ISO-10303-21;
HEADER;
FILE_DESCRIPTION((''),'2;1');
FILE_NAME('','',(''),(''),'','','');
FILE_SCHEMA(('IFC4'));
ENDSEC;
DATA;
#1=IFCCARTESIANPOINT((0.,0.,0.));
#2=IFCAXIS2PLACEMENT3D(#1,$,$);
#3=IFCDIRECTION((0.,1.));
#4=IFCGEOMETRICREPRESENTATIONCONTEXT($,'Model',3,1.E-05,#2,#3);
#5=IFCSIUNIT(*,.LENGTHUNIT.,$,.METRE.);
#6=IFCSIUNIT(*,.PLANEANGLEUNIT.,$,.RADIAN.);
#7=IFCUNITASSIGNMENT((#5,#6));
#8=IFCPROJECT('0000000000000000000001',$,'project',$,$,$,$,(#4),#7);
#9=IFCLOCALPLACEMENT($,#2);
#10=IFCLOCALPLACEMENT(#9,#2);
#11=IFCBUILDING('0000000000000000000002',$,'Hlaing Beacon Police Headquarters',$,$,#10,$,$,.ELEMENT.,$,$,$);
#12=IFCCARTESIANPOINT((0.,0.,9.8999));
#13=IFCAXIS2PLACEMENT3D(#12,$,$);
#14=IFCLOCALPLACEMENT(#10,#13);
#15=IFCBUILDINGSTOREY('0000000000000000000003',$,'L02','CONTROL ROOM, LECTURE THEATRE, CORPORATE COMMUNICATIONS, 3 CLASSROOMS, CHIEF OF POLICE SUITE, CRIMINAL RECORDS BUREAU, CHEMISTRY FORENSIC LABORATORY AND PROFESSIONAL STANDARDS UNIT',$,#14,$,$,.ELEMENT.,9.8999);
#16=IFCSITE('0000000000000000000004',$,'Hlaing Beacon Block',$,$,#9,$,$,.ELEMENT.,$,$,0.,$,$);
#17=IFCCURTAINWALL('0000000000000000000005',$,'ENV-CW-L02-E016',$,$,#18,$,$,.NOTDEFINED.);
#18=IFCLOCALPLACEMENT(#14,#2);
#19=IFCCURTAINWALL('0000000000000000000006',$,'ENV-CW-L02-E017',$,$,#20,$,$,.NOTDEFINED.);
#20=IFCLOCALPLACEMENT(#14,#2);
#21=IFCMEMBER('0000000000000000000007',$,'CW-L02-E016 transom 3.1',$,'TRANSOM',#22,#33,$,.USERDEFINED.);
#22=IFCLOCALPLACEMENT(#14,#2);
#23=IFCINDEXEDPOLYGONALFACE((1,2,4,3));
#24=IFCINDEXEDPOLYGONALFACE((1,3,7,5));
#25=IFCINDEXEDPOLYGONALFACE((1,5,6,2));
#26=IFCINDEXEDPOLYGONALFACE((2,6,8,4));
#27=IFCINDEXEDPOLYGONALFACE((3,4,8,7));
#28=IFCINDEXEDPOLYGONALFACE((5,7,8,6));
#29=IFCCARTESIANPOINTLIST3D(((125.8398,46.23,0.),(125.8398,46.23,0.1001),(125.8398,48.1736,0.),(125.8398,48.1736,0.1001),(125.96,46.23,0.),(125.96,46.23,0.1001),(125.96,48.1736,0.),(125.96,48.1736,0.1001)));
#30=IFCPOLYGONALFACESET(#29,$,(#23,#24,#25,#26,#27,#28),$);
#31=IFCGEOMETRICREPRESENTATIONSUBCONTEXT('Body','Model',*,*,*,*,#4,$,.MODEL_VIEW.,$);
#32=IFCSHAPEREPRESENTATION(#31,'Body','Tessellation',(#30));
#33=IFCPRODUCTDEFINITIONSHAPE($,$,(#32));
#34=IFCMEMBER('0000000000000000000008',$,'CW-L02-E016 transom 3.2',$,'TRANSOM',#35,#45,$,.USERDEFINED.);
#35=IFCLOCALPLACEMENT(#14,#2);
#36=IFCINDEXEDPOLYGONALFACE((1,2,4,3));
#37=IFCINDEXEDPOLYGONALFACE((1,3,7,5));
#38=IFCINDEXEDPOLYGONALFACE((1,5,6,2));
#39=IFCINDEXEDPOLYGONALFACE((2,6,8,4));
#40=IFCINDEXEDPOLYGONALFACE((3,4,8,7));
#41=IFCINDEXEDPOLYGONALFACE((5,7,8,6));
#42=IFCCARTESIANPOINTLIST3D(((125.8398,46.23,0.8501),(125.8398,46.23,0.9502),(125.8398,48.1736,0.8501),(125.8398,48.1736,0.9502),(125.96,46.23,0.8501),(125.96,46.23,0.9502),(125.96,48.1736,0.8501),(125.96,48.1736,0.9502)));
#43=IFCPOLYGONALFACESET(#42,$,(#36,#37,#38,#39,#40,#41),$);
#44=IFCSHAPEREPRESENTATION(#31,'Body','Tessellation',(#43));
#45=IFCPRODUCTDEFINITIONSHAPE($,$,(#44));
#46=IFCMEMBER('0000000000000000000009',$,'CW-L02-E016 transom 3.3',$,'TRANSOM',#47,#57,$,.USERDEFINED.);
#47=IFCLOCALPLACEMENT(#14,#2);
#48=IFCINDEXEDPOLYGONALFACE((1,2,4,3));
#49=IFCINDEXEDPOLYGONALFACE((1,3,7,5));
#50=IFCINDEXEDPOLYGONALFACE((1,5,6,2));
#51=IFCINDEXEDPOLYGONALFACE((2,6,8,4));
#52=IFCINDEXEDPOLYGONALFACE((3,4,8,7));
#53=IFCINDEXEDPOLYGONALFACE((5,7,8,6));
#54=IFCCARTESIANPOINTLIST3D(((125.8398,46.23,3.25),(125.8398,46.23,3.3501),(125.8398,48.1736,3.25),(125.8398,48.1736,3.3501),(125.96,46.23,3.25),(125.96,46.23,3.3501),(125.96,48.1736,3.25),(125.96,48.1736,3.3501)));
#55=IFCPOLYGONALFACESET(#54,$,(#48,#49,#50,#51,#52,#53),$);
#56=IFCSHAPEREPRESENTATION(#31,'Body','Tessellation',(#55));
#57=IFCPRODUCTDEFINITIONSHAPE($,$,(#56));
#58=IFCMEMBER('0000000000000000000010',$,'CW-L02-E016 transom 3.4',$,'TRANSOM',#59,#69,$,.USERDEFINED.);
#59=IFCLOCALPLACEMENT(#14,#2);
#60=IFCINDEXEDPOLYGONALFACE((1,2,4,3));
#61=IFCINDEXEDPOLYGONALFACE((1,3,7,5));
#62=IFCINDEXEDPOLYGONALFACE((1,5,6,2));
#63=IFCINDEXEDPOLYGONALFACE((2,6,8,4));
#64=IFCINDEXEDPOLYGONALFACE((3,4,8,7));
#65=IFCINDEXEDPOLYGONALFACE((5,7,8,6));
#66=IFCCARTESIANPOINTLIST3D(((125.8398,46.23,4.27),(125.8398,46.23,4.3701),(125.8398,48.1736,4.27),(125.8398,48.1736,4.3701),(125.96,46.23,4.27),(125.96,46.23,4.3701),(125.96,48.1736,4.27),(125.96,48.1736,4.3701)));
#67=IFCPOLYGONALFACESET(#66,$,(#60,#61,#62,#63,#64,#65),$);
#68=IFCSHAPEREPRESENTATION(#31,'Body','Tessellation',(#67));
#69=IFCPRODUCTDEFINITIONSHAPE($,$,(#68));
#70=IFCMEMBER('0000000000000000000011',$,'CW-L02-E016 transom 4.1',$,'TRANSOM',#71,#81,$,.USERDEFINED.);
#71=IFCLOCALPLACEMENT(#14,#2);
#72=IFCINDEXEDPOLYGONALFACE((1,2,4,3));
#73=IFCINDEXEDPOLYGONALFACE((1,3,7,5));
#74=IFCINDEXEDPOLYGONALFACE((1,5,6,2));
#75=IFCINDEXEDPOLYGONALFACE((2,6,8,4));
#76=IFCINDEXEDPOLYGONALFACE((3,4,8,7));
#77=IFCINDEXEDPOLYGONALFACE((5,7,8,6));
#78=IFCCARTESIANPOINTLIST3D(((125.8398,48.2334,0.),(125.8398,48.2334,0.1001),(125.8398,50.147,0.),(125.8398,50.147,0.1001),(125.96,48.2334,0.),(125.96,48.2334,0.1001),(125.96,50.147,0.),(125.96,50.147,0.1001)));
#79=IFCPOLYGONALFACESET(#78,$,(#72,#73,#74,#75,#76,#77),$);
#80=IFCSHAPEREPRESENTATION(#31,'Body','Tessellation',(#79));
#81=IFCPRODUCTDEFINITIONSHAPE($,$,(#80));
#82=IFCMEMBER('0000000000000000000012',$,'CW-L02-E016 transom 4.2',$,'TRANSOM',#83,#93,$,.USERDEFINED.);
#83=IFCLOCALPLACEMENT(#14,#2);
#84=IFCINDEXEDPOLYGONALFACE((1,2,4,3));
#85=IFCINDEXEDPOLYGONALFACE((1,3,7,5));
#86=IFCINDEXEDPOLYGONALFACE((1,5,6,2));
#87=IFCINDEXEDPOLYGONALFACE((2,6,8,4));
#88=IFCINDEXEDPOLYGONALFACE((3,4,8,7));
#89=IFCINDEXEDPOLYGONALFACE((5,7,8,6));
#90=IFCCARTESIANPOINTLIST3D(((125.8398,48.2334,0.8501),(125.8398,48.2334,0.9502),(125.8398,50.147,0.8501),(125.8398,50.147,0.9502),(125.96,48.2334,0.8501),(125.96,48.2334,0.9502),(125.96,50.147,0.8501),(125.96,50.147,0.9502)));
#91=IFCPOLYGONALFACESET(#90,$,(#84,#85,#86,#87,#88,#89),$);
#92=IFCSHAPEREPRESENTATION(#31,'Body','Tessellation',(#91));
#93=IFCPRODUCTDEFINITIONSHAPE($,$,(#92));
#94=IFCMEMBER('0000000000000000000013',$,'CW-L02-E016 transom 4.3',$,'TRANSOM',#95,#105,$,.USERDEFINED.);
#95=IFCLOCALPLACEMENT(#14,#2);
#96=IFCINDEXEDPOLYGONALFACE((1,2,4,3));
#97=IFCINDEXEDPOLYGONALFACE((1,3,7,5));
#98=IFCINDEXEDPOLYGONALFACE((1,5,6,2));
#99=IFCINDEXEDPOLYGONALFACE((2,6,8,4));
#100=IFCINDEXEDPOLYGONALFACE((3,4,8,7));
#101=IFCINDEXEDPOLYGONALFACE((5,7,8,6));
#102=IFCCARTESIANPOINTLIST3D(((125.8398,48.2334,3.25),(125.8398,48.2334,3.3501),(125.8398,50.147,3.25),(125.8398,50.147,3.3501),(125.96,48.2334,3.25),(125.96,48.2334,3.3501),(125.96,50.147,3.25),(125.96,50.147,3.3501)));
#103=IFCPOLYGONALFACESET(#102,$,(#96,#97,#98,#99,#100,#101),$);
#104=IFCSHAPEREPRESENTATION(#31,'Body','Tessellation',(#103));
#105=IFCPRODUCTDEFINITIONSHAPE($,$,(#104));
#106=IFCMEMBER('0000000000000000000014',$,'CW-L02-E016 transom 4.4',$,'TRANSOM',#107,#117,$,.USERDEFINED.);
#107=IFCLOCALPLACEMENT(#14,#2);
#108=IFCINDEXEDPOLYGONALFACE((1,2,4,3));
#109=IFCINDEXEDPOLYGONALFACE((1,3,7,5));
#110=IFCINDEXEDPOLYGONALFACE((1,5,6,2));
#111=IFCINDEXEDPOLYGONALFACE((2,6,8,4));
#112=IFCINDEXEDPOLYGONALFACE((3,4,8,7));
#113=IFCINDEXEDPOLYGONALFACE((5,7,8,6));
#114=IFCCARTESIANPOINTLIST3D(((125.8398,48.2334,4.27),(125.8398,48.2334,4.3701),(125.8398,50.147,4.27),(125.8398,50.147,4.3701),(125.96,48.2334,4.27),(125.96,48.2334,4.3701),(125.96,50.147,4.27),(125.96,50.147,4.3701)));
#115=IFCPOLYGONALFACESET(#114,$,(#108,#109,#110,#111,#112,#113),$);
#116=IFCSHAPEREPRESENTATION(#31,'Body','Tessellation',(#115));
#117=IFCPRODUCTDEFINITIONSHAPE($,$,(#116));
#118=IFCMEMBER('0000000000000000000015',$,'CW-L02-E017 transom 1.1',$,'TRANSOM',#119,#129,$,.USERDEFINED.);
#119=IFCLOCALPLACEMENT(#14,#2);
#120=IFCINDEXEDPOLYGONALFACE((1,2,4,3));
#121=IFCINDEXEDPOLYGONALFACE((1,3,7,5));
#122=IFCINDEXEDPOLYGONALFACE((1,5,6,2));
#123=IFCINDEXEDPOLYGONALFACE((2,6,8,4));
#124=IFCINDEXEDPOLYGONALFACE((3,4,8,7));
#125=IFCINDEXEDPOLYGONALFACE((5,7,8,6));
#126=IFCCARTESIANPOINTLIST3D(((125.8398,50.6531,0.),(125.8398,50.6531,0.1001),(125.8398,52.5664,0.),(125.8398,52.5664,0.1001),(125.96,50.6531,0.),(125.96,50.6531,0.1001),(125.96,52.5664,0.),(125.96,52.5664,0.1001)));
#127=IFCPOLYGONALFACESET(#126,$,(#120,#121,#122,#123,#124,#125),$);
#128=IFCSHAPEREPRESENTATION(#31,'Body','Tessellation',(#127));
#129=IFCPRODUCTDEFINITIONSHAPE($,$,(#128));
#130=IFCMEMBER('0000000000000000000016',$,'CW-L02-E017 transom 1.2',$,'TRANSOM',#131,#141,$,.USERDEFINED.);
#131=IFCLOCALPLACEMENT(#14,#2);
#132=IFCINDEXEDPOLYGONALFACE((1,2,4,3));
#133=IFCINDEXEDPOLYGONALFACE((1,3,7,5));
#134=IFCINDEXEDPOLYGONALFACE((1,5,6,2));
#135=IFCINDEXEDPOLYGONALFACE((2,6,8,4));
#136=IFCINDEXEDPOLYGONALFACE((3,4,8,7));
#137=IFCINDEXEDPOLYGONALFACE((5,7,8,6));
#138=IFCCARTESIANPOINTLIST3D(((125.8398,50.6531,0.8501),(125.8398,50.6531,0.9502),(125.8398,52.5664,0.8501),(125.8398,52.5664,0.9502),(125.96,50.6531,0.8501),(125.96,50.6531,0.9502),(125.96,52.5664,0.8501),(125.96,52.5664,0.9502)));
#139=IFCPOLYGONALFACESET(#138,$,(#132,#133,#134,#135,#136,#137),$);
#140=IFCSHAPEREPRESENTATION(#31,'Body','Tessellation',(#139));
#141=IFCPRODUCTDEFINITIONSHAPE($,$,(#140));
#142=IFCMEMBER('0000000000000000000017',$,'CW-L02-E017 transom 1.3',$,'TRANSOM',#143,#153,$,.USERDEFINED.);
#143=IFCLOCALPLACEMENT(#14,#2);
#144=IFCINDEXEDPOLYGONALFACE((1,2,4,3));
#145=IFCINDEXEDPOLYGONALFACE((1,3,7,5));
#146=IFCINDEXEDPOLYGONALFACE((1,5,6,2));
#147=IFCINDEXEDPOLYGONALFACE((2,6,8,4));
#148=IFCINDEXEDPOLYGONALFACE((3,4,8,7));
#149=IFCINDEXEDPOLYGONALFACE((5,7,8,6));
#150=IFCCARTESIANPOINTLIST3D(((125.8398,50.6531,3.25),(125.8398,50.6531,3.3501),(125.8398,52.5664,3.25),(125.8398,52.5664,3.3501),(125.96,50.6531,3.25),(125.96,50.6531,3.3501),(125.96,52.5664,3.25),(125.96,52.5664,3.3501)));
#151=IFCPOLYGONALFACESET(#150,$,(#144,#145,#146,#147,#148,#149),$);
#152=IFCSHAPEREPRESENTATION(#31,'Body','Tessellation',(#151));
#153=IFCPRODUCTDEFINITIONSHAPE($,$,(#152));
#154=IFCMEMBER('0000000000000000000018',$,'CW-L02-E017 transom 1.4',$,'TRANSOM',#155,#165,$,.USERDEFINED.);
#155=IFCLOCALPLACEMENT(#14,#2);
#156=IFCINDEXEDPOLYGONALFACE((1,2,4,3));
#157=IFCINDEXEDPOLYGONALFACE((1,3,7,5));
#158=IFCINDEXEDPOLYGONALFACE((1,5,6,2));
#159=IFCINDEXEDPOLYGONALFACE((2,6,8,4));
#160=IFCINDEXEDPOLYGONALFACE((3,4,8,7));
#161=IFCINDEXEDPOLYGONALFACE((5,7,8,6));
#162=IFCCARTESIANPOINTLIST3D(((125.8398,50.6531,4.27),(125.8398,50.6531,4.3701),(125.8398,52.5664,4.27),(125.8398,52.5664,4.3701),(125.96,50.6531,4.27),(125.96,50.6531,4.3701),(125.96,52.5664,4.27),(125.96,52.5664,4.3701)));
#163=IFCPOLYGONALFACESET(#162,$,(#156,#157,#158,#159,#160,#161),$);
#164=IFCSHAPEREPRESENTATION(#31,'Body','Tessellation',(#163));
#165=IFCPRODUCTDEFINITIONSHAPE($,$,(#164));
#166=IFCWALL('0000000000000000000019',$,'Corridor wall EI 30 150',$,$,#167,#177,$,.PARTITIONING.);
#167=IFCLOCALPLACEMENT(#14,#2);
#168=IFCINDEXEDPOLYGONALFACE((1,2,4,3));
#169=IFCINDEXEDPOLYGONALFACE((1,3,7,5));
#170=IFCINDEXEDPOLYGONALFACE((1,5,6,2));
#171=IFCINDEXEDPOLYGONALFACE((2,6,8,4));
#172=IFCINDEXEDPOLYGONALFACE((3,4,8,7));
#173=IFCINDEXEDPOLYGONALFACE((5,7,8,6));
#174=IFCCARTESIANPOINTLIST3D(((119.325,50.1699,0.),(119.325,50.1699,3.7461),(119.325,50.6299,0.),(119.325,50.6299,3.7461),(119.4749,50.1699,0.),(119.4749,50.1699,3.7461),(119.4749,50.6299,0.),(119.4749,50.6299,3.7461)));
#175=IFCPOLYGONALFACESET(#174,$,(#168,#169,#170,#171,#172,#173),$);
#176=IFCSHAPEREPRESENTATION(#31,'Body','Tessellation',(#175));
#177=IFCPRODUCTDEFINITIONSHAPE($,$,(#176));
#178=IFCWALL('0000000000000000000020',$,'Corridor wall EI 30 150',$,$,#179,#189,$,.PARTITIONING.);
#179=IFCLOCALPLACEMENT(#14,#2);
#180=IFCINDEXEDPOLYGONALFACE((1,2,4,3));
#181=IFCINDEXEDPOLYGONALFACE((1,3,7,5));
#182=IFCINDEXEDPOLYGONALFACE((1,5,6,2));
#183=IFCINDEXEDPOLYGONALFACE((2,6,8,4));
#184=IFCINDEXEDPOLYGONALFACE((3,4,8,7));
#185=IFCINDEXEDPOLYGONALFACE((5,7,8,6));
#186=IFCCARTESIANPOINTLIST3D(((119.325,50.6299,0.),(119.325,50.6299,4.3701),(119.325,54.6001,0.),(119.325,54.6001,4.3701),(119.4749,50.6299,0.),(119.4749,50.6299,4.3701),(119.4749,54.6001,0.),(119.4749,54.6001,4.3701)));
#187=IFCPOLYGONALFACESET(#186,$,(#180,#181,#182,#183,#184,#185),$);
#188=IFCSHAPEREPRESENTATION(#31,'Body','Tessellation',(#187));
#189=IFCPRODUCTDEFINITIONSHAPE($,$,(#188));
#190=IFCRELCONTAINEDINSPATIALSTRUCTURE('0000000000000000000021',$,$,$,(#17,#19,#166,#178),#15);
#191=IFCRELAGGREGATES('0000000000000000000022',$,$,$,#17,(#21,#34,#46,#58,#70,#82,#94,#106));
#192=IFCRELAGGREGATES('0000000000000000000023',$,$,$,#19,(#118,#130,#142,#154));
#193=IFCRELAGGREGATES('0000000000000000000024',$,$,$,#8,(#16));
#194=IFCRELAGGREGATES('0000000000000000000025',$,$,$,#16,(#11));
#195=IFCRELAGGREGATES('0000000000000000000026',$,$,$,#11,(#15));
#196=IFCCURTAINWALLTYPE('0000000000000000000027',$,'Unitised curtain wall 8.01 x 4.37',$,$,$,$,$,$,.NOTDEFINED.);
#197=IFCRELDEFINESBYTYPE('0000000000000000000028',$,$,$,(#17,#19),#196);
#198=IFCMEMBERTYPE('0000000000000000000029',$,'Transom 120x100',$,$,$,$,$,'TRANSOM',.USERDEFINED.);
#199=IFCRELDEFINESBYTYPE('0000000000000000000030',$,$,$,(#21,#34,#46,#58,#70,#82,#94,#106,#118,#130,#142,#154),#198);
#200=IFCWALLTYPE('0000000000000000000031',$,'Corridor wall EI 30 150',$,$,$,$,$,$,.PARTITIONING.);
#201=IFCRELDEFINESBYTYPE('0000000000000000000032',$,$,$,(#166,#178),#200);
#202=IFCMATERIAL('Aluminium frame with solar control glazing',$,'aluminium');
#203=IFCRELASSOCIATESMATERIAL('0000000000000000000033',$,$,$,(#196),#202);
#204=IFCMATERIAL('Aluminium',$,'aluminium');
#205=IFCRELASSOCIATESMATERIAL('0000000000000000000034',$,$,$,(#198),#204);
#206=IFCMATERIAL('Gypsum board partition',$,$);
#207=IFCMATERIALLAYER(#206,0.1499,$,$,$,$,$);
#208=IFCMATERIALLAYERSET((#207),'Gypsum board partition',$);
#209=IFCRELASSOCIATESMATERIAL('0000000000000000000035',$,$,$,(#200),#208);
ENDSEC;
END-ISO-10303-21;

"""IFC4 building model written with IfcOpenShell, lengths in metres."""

from ifc_helpers import new_model, si_unit, direction, frame, frame_2d, origin, origin_2d, place, context, subcontext, project, spatial, rectangle, extrude, material, layer, layer_set, material_profile, profile_set, type_object, element, aggregate, save


model = new_model("IFC4")

# Units and contexts
model_context = context("Model", 3, precision=1e-05, world=origin(), true_north=direction((0.0, 1.0)))
body_context = subcontext(model_context, "Body", "Model", "MODEL_VIEW")
ifc_project = project(units=[si_unit("LENGTHUNIT", "METRE"), si_unit("PLANEANGLEUNIT", "RADIAN")], contexts=[model_context])

# Site, building, storey
site_placement = place(None, origin())
site = spatial("IfcSite", under=ifc_project, at=site_placement, Name="Hlaing Beacon Block", CompositionType="ELEMENT", RefElevation=0.0)
building_placement = place(site_placement, origin())
building = spatial("IfcBuilding", under=site, at=building_placement, Name="Hlaing Beacon Police Headquarters", CompositionType="ELEMENT")
storey_placement = place(building_placement, frame((0.0, 0.0, 9.8999)))
storey = spatial("IfcBuildingStorey", under=building, at=storey_placement, Name="L02", Description="CONTROL ROOM, LECTURE THEATRE, CORPORATE COMMUNICATIONS, 3 CLASSROOMS, CHIEF OF POLICE SUITE, CRIMINAL RECORDS BUREAU, CHEMISTRY FORENSIC LABORATORY AND PROFESSIONAL STANDARDS UNIT", CompositionType="ELEMENT", Elevation=9.8999)

# Curtain wall
ifc_material_1 = material(Name="Aluminium frame with solar control glazing", Category="aluminium")
curtain_wall_type = type_object("IfcCurtainWallType", Name="Unitised curtain wall 8.01 x 4.37", PredefinedType="NOTDEFINED", material=ifc_material_1)
curtain_wall_1_placement = place(storey_placement, origin())
curtain_wall_1 = element("IfcCurtainWall", 1, at=curtain_wall_1_placement, inside=storey, type_object=curtain_wall_type, Name="ENV-CW-L02-E016", PredefinedType="NOTDEFINED")

# Curtain wall
curtain_wall_2_placement = place(storey_placement, origin())
curtain_wall_2 = element("IfcCurtainWall", 2, at=curtain_wall_2_placement, inside=storey, type_object=curtain_wall_type, Name="ENV-CW-L02-E017", PredefinedType="NOTDEFINED")

# Members
ifc_material_2 = material(Name="Aluminium", Category="aluminium")
ifc_material_profile_1 = material_profile(ifc_material_2, rectangle(XDim=0.1201, YDim=0.1001, at=origin_2d()), Name="Transom 120x100")
ifc_profile_set_1 = profile_set([ifc_material_profile_1], Name="Aluminium")
member_type_1 = type_object("IfcMemberType", Name="Transom 120x100", ElementType="TRANSOM", PredefinedType="USERDEFINED", material=ifc_profile_set_1)
member_1_placement = place(storey_placement, frame((125.8999, 46.23, 0.05), z_axis=(0.0, 1.0, 0.0), x_axis=(-1.0, 0.0, 0.0)))
member_1 = element("IfcMember", 3, at=member_1_placement, type_object=member_type_1, Name="CW-L02-E016 transom 3.1", ObjectType="TRANSOM", PredefinedType="USERDEFINED", context=body_context, shape_type="SweptSolid", body=[
    extrude(rectangle(XDim=0.1201, YDim=0.1001, at=origin_2d()), origin(), (0.0, 0.0, 1.0), 1.9436),
])
member_2_placement = place(storey_placement, frame((125.8999, 46.23, 0.9001), z_axis=(0.0, 1.0, 0.0), x_axis=(-1.0, 0.0, 0.0)))
member_2 = element("IfcMember", 4, at=member_2_placement, type_object=member_type_1, Name="CW-L02-E016 transom 3.2", ObjectType="TRANSOM", PredefinedType="USERDEFINED", context=body_context, shape_type="SweptSolid", body=[
    extrude(rectangle(XDim=0.1201, YDim=0.1001, at=origin_2d()), origin(), (0.0, 0.0, 1.0), 1.9436),
])
member_3_placement = place(storey_placement, frame((125.8999, 46.23, 3.3), z_axis=(0.0, 1.0, 0.0), x_axis=(-1.0, 0.0, 0.0)))
member_3 = element("IfcMember", 5, at=member_3_placement, type_object=member_type_1, Name="CW-L02-E016 transom 3.3", ObjectType="TRANSOM", PredefinedType="USERDEFINED", context=body_context, shape_type="SweptSolid", body=[
    extrude(rectangle(XDim=0.1201, YDim=0.1001, at=origin_2d()), origin(), (0.0, 0.0, 1.0), 1.9436),
])
member_4_placement = place(storey_placement, frame((125.8999, 46.23, 4.3201), z_axis=(0.0, 1.0, 0.0), x_axis=(-1.0, 0.0, 0.0)))
member_4 = element("IfcMember", 6, at=member_4_placement, type_object=member_type_1, Name="CW-L02-E016 transom 3.4", ObjectType="TRANSOM", PredefinedType="USERDEFINED", context=body_context, shape_type="SweptSolid", body=[
    extrude(rectangle(XDim=0.1201, YDim=0.1001, at=origin_2d()), origin(), (0.0, 0.0, 1.0), 1.9436),
])
member_5_placement = place(storey_placement, frame((125.8999, 48.2334, 0.05), z_axis=(0.0, 1.0, 0.0), x_axis=(-1.0, 0.0, 0.0)))
member_5 = element("IfcMember", 7, at=member_5_placement, type_object=member_type_1, Name="CW-L02-E016 transom 4.1", ObjectType="TRANSOM", PredefinedType="USERDEFINED", context=body_context, shape_type="SweptSolid", body=[
    extrude(rectangle(XDim=0.1201, YDim=0.1001, at=origin_2d()), origin(), (0.0, 0.0, 1.0), 1.9136),
])
member_6_placement = place(storey_placement, frame((125.8999, 48.2334, 0.9001), z_axis=(0.0, 1.0, 0.0), x_axis=(-1.0, 0.0, 0.0)))
member_6 = element("IfcMember", 8, at=member_6_placement, type_object=member_type_1, Name="CW-L02-E016 transom 4.2", ObjectType="TRANSOM", PredefinedType="USERDEFINED", context=body_context, shape_type="SweptSolid", body=[
    extrude(rectangle(XDim=0.1201, YDim=0.1001, at=origin_2d()), origin(), (0.0, 0.0, 1.0), 1.9136),
])
member_7_placement = place(storey_placement, frame((125.8999, 48.2334, 3.3), z_axis=(0.0, 1.0, 0.0), x_axis=(-1.0, 0.0, 0.0)))
member_7 = element("IfcMember", 9, at=member_7_placement, type_object=member_type_1, Name="CW-L02-E016 transom 4.3", ObjectType="TRANSOM", PredefinedType="USERDEFINED", context=body_context, shape_type="SweptSolid", body=[
    extrude(rectangle(XDim=0.1201, YDim=0.1001, at=origin_2d()), origin(), (0.0, 0.0, 1.0), 1.9136),
])
member_8_placement = place(storey_placement, frame((125.8999, 48.2334, 4.3201), z_axis=(0.0, 1.0, 0.0), x_axis=(-1.0, 0.0, 0.0)))
member_8 = element("IfcMember", 10, at=member_8_placement, type_object=member_type_1, Name="CW-L02-E016 transom 4.4", ObjectType="TRANSOM", PredefinedType="USERDEFINED", context=body_context, shape_type="SweptSolid", body=[
    extrude(rectangle(XDim=0.1201, YDim=0.1001, at=origin_2d()), origin(), (0.0, 0.0, 1.0), 1.9136),
])
aggregate(curtain_wall_1, [member_1, member_2, member_3, member_4, member_5, member_6, member_7, member_8])
member_9_placement = place(storey_placement, frame((125.8999, 50.6531, 0.05), z_axis=(0.0, 1.0, 0.0), x_axis=(-1.0, 0.0, 0.0)))
member_9 = element("IfcMember", 11, at=member_9_placement, type_object=member_type_1, Name="CW-L02-E017 transom 1.1", ObjectType="TRANSOM", PredefinedType="USERDEFINED", context=body_context, shape_type="SweptSolid", body=[
    extrude(rectangle(XDim=0.1201, YDim=0.1001, at=origin_2d()), origin(), (0.0, 0.0, 1.0), 1.9133),
])
member_10_placement = place(storey_placement, frame((125.8999, 50.6531, 0.9001), z_axis=(0.0, 1.0, 0.0), x_axis=(-1.0, 0.0, 0.0)))
member_10 = element("IfcMember", 12, at=member_10_placement, type_object=member_type_1, Name="CW-L02-E017 transom 1.2", ObjectType="TRANSOM", PredefinedType="USERDEFINED", context=body_context, shape_type="SweptSolid", body=[
    extrude(rectangle(XDim=0.1201, YDim=0.1001, at=origin_2d()), origin(), (0.0, 0.0, 1.0), 1.9133),
])
member_11_placement = place(storey_placement, frame((125.8999, 50.6531, 3.3), z_axis=(0.0, 1.0, 0.0), x_axis=(-1.0, 0.0, 0.0)))
member_11 = element("IfcMember", 13, at=member_11_placement, type_object=member_type_1, Name="CW-L02-E017 transom 1.3", ObjectType="TRANSOM", PredefinedType="USERDEFINED", context=body_context, shape_type="SweptSolid", body=[
    extrude(rectangle(XDim=0.1201, YDim=0.1001, at=origin_2d()), origin(), (0.0, 0.0, 1.0), 1.9133),
])
member_12_placement = place(storey_placement, frame((125.8999, 50.6531, 4.3201), z_axis=(0.0, 1.0, 0.0), x_axis=(-1.0, 0.0, 0.0)))
member_12 = element("IfcMember", 14, at=member_12_placement, type_object=member_type_1, Name="CW-L02-E017 transom 1.4", ObjectType="TRANSOM", PredefinedType="USERDEFINED", context=body_context, shape_type="SweptSolid", body=[
    extrude(rectangle(XDim=0.1201, YDim=0.1001, at=origin_2d()), origin(), (0.0, 0.0, 1.0), 1.9133),
])
aggregate(curtain_wall_2, [member_9, member_10, member_11, member_12])

# Walls
ifc_material_3 = material(Name="Gypsum board partition")
ifc_layer = layer(ifc_material_3, 0.1499)
ifc_layer_set = layer_set([ifc_layer], Name="Gypsum board partition")
wall_type = type_object("IfcWallType", Name="Corridor wall EI 30 150", PredefinedType="PARTITIONING", material=ifc_layer_set)
wall_1_placement = place(storey_placement, frame((119.3999, 50.1699, 0.0), z_axis=(0.0, 0.0, 1.0), x_axis=(0.0, 1.0, 0.0)))
element("IfcWall", 15, at=wall_1_placement, inside=storey, type_object=wall_type, Name="Corridor wall EI 30 150", PredefinedType="PARTITIONING", context=body_context, shape_type="SweptSolid", body=[
    extrude(rectangle(XDim=0.46, YDim=0.1499, at=frame_2d((0.23, 0.0))), origin(), (0.0, 0.0, 1.0), 3.7461),
])
wall_2_placement = place(storey_placement, frame((119.3999, 50.6299, 0.0), z_axis=(0.0, 0.0, 1.0), x_axis=(0.0, 1.0, 0.0)))
element("IfcWall", 16, at=wall_2_placement, inside=storey, type_object=wall_type, Name="Corridor wall EI 30 150", PredefinedType="PARTITIONING", context=body_context, shape_type="SweptSolid", body=[
    extrude(rectangle(XDim=3.9702, YDim=0.1499, at=frame_2d((1.9851, 0.0))), origin(), (0.0, 0.0, 1.0), 4.3701),
])

save(model, "model.ifc")
